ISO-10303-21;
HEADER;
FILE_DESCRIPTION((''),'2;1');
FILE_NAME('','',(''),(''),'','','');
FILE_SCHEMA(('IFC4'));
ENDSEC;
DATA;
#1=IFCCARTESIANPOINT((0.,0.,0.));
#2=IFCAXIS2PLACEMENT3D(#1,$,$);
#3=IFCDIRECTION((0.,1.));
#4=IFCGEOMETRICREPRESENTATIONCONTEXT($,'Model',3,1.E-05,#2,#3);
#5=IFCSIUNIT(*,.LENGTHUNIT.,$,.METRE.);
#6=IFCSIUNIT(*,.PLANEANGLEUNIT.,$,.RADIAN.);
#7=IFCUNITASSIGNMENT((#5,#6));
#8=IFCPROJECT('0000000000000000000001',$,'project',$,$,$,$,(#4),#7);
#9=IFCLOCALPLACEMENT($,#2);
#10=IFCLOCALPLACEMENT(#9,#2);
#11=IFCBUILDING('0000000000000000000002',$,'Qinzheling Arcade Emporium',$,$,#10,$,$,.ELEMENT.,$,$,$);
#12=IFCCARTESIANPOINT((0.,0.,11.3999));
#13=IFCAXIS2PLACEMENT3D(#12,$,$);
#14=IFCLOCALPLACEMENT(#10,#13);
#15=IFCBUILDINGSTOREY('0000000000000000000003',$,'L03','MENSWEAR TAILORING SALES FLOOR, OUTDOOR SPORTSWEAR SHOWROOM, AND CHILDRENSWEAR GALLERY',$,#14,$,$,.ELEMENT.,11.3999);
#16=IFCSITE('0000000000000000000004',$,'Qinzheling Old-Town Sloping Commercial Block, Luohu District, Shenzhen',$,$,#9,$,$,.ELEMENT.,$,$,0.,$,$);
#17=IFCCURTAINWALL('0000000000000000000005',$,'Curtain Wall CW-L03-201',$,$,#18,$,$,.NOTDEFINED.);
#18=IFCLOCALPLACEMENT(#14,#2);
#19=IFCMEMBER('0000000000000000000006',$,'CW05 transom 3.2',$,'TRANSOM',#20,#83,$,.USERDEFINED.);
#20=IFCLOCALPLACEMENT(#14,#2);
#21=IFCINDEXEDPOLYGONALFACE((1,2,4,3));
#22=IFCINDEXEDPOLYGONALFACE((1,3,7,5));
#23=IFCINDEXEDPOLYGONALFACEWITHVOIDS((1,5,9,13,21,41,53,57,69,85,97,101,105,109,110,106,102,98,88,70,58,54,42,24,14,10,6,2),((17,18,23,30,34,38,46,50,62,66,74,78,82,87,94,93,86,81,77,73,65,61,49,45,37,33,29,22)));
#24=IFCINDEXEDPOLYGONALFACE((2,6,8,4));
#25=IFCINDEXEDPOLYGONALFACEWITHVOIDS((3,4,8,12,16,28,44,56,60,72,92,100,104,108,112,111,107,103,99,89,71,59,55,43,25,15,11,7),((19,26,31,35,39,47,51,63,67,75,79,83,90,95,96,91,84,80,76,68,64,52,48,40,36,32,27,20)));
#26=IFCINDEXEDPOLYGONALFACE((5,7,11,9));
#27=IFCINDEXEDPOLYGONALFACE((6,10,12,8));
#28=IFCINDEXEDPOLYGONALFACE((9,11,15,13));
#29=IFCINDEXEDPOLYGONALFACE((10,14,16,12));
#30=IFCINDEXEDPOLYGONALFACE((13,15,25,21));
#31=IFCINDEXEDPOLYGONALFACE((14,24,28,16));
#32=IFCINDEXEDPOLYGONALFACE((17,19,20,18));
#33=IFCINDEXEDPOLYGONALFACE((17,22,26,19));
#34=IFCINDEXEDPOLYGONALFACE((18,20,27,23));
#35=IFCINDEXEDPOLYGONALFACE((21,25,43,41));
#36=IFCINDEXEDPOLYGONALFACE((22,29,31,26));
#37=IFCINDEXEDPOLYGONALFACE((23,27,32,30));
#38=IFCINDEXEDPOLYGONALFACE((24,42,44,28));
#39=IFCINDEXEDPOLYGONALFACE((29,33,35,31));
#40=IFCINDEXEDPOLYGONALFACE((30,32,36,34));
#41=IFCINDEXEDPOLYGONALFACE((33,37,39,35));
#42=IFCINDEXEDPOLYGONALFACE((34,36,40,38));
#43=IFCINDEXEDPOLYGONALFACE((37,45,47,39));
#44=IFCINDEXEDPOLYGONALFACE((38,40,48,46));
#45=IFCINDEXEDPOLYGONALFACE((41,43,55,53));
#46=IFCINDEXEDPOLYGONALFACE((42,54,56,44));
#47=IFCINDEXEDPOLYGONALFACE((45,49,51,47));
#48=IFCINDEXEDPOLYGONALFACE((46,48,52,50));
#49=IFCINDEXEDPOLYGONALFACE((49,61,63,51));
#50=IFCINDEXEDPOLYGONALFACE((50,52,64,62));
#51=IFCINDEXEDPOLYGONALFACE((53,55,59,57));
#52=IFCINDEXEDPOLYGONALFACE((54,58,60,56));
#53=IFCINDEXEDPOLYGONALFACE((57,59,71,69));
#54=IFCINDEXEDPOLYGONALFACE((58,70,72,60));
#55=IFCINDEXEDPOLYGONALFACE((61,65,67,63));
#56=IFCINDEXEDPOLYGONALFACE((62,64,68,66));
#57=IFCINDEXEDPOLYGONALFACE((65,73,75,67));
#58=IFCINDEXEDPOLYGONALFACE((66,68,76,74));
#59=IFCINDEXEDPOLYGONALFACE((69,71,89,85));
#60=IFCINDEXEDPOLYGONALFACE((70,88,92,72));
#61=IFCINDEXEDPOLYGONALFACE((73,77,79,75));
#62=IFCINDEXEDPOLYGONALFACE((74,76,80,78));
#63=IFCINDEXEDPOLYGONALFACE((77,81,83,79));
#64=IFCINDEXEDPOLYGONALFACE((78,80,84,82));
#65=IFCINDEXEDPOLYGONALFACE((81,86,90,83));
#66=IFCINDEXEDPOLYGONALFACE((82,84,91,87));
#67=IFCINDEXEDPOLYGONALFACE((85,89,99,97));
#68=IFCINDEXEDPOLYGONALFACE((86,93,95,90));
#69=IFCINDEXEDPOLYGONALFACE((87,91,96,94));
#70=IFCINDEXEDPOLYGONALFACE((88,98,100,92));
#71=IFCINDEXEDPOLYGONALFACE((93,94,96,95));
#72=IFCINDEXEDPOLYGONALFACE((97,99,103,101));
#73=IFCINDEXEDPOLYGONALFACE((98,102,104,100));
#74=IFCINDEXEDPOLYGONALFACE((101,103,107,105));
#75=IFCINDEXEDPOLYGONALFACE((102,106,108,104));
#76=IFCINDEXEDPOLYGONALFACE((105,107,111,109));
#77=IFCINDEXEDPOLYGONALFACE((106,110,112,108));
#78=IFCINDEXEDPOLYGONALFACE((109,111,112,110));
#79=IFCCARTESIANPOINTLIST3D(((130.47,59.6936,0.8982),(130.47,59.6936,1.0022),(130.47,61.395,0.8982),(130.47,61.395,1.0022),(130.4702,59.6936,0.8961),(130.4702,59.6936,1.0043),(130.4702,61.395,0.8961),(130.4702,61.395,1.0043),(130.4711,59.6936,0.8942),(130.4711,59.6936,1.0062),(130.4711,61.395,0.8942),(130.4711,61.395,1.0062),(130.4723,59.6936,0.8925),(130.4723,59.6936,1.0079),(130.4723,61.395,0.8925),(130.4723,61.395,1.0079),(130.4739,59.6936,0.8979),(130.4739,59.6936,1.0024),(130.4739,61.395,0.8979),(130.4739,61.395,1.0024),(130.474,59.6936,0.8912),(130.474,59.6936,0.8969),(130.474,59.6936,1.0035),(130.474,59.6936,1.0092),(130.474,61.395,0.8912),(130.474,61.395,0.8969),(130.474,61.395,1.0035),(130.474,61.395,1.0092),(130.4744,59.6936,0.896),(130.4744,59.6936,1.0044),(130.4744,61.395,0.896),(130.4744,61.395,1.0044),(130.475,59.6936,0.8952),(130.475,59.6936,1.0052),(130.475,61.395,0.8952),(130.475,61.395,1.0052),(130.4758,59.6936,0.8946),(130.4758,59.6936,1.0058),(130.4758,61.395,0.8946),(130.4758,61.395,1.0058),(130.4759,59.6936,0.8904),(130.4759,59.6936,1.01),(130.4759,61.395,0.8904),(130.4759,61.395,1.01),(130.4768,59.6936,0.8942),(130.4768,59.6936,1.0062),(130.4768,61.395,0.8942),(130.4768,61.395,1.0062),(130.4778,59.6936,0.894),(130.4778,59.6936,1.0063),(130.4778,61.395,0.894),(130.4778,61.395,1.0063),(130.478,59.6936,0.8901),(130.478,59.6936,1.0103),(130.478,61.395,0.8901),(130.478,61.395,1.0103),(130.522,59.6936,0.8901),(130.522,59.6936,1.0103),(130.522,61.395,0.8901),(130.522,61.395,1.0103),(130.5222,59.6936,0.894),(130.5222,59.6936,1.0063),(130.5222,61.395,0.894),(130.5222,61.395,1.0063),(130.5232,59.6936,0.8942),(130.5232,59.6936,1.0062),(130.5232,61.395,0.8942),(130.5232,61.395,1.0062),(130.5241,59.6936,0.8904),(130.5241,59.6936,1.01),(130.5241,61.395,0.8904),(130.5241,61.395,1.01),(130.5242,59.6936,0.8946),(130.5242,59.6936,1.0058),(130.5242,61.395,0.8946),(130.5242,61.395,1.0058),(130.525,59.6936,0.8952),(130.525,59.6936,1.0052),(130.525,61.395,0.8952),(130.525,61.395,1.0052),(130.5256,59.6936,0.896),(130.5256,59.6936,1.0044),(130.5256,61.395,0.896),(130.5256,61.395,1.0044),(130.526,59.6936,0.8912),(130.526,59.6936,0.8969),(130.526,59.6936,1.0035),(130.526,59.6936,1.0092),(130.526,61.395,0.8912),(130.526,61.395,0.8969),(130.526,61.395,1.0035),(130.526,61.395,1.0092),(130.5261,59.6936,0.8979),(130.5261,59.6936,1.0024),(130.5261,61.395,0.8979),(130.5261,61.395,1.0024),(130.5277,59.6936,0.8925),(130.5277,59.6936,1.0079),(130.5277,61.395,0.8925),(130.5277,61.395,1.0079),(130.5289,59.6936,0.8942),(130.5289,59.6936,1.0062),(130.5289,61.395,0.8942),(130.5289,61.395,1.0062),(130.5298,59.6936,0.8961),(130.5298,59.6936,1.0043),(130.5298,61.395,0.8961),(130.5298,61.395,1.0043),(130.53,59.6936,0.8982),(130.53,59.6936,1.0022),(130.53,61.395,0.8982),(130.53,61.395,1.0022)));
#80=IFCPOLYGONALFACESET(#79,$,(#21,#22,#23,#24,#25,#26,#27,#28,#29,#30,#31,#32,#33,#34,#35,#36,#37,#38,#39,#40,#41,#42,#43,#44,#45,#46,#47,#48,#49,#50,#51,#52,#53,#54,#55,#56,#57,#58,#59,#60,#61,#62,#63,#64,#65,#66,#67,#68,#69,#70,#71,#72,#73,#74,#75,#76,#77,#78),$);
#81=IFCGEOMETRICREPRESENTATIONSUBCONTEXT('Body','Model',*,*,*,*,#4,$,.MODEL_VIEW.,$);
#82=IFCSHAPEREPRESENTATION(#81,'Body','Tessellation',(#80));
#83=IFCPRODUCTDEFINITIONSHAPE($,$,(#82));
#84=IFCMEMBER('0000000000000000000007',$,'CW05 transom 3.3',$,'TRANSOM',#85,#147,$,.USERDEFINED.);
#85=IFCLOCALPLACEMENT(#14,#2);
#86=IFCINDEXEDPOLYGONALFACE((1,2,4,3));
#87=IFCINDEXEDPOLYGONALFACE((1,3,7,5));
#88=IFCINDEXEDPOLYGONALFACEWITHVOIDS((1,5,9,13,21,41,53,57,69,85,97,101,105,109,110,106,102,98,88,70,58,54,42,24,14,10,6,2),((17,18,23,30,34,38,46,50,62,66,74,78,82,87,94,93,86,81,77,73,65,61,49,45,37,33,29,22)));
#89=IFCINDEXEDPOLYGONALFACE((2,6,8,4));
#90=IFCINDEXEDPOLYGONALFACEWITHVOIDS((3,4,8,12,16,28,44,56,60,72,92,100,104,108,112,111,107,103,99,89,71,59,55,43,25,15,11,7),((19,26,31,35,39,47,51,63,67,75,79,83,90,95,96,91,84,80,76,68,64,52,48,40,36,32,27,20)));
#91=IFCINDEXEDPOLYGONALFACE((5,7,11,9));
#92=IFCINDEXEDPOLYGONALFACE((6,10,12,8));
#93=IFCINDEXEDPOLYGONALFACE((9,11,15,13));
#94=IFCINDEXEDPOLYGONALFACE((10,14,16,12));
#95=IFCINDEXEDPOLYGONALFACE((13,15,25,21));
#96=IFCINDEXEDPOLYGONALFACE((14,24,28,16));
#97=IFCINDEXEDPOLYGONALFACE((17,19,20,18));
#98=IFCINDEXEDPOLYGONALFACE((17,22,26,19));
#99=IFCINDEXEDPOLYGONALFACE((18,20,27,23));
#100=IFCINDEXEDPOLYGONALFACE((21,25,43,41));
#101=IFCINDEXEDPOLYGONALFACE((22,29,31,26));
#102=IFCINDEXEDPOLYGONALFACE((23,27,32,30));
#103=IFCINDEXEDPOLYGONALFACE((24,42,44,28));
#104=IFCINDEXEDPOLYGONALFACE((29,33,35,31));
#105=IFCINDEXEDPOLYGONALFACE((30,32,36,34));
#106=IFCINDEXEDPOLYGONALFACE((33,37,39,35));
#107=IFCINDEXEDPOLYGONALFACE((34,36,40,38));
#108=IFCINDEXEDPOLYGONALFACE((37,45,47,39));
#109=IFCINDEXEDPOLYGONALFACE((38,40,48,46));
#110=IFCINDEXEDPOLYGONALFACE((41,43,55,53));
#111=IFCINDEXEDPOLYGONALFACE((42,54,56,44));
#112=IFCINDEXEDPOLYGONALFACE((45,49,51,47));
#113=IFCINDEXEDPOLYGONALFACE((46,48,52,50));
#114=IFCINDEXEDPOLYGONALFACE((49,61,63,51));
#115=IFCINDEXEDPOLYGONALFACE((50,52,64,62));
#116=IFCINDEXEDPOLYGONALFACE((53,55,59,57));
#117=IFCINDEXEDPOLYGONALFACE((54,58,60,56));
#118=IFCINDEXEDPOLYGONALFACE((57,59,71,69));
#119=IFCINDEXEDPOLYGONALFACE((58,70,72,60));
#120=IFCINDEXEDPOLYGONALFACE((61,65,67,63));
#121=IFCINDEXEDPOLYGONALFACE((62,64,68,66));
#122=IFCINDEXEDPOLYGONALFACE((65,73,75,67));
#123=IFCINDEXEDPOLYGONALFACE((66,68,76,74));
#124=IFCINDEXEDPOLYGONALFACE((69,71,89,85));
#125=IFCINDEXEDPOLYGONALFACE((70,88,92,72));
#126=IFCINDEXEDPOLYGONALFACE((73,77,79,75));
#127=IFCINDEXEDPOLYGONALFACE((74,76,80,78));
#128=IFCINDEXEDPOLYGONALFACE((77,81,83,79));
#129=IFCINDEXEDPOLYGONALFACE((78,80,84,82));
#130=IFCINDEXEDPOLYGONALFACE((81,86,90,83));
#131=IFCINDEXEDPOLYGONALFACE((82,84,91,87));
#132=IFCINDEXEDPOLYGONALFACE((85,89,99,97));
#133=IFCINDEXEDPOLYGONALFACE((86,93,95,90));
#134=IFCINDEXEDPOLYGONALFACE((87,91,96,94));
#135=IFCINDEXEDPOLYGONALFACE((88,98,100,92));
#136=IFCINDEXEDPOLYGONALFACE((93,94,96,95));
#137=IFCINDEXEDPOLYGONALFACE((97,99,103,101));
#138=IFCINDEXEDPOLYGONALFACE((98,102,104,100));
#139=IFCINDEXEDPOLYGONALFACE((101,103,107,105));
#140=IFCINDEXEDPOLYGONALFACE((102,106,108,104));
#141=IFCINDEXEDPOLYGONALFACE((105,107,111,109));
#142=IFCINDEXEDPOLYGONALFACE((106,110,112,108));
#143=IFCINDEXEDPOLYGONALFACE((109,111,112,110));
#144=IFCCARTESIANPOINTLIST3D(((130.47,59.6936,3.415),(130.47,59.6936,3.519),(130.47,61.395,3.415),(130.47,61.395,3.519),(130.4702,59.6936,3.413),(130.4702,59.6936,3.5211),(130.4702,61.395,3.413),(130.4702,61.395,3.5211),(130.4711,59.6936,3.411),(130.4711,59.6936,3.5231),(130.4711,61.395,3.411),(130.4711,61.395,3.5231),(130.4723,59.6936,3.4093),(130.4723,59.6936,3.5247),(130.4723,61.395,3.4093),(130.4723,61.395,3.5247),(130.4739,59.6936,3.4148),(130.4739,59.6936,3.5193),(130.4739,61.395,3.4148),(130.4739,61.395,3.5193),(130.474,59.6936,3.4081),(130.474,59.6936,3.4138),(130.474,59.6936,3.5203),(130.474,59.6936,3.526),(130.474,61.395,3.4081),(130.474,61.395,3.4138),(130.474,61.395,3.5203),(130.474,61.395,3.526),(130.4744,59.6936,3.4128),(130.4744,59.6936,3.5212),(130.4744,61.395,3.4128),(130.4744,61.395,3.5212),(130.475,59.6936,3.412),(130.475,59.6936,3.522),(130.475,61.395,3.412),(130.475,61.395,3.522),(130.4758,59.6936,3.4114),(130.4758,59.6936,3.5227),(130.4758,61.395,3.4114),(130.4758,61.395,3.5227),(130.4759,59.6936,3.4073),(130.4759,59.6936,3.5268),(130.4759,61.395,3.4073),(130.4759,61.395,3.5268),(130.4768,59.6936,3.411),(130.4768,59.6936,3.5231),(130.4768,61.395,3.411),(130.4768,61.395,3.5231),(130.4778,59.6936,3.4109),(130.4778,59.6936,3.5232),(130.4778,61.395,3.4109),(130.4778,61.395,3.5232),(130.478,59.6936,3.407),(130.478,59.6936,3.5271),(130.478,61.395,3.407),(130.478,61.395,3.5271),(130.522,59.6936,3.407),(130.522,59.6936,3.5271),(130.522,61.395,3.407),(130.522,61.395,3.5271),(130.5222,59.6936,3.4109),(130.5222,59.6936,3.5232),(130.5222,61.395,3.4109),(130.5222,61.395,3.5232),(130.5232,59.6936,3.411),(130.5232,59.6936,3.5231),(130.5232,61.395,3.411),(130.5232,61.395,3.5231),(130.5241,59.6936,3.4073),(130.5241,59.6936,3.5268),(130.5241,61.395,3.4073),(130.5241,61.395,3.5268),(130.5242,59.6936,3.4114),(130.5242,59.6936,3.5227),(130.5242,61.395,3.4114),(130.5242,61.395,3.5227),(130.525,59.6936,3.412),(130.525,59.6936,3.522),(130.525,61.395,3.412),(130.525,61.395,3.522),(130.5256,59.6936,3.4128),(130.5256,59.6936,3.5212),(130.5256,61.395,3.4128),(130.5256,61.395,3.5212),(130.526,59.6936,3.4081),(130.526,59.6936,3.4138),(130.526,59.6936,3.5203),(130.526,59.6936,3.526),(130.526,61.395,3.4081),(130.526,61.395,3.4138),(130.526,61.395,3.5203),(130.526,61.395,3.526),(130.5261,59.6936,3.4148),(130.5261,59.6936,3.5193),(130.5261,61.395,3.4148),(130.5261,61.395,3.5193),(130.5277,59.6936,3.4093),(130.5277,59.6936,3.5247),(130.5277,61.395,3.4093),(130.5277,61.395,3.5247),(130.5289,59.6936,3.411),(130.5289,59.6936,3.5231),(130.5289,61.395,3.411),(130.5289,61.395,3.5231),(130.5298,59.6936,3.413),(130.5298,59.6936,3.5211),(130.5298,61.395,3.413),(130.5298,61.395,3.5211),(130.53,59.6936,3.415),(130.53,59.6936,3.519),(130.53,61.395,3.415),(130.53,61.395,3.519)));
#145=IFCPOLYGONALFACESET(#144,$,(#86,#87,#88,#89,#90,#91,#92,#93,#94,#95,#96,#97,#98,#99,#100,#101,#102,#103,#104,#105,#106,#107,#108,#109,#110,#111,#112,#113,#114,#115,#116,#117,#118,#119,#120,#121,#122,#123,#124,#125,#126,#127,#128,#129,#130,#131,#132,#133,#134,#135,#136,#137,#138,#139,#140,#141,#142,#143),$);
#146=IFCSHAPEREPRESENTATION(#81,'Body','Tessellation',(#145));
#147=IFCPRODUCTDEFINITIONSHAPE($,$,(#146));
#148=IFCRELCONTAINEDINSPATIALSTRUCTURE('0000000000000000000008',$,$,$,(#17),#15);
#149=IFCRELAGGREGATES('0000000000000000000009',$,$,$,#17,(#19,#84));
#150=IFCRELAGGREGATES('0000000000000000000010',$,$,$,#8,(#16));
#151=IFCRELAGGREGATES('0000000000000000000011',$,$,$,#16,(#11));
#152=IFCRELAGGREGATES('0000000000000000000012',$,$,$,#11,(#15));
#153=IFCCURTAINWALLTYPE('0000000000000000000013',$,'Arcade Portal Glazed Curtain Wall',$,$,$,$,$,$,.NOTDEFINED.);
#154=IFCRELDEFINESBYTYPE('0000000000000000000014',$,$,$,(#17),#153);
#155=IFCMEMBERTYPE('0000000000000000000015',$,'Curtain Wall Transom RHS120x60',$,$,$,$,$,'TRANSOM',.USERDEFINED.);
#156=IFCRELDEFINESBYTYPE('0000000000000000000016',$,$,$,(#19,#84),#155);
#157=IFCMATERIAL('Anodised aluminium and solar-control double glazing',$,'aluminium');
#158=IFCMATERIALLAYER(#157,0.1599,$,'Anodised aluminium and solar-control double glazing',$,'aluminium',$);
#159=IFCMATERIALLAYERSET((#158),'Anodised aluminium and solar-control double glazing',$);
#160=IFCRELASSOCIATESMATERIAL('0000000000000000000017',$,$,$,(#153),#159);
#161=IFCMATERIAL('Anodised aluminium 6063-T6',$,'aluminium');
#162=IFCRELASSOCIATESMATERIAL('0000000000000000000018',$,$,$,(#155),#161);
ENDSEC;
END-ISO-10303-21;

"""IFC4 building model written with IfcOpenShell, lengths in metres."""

from ifc_helpers import new_model, si_unit, direction, frame, origin, origin_2d, place, context, subcontext, project, spatial, hollow_rectangle, extrude, material, layer, layer_set, material_profile, profile_set, type_object, element, aggregate, save


model = new_model("IFC4")

# Units and contexts
model_context = context("Model", 3, precision=1e-05, world=origin(), true_north=direction((0.0, 1.0)))
body_context = subcontext(model_context, "Body", "Model", "MODEL_VIEW")
ifc_project = project(units=[si_unit("LENGTHUNIT", "METRE"), si_unit("PLANEANGLEUNIT", "RADIAN")], contexts=[model_context])

# Site, building, storey
site_placement = place(None, origin())
site = spatial("IfcSite", under=ifc_project, at=site_placement, Name="Qinzheling Old-Town Sloping Commercial Block, Luohu District, Shenzhen", CompositionType="ELEMENT", RefElevation=0.0)
building_placement = place(site_placement, origin())
building = spatial("IfcBuilding", under=site, at=building_placement, Name="Qinzheling Arcade Emporium", CompositionType="ELEMENT")
storey_placement = place(building_placement, frame((0.0, 0.0, 11.3999)))
storey = spatial("IfcBuildingStorey", under=building, at=storey_placement, Name="L03", Description="MENSWEAR TAILORING SALES FLOOR, OUTDOOR SPORTSWEAR SHOWROOM, AND CHILDRENSWEAR GALLERY", CompositionType="ELEMENT", Elevation=11.3999)

# Shared definitions
ifc_material_1 = material(Name="Anodised aluminium and solar-control double glazing", Category="aluminium")
ifc_layer_1 = layer(ifc_material_1, 0.1599, Name="Anodised aluminium and solar-control double glazing", Category="aluminium")
ifc_layer_set_1 = layer_set([ifc_layer_1], Name="Anodised aluminium and solar-control double glazing")
curtain_wall_type = type_object("IfcCurtainWallType", Name="Arcade Portal Glazed Curtain Wall", PredefinedType="NOTDEFINED", material=ifc_layer_set_1)
ifc_material_2 = material(Name="Anodised aluminium 6063-T6", Category="aluminium")

# Curtain wall
curtain_wall_1_placement = place(storey_placement, origin())
curtain_wall_1 = element("IfcCurtainWall", 1, at=curtain_wall_1_placement, inside=storey, type_object=curtain_wall_type, Name="Curtain Wall CW-L03-201", PredefinedType="NOTDEFINED")

# Members
ifc_material_profile_1 = material_profile(ifc_material_2, hollow_rectangle(XDim=0.0601, YDim=0.1201, WallThickness=0.0039, InnerFilletRadius=0.0039, OuterFilletRadius=0.0081, at=origin_2d()), Name="RHS 120x60x4", Category="aluminium")
ifc_profile_set_1 = profile_set([ifc_material_profile_1], Name="Anodised aluminium 6063-T6")
member_type_1 = type_object("IfcMemberType", Name="Curtain Wall Transom RHS120x60", ElementType="TRANSOM", PredefinedType="USERDEFINED", material=ifc_profile_set_1)
member_1_placement = place(storey_placement, frame((130.5, 61.395, 0.9502), z_axis=(0.0, -1.0, 0.0), x_axis=(1.0, 0.0, 0.0)))
member_1 = element("IfcMember", 2, at=member_1_placement, type_object=member_type_1, Name="CW05 transom 3.2", ObjectType="TRANSOM", PredefinedType="USERDEFINED", context=body_context, shape_type="SweptSolid", body=[
    extrude(hollow_rectangle(XDim=0.0601, YDim=0.1201, WallThickness=0.0039, InnerFilletRadius=0.0039, OuterFilletRadius=0.0081, at=origin_2d()), origin(), (0.0, 0.0, 1.0), 1.7014),
])
member_2_placement = place(storey_placement, frame((130.5, 61.395, 3.467), z_axis=(0.0, -1.0, 0.0), x_axis=(1.0, 0.0, 0.0)))
member_2 = element("IfcMember", 3, at=member_2_placement, type_object=member_type_1, Name="CW05 transom 3.3", ObjectType="TRANSOM", PredefinedType="USERDEFINED", context=body_context, shape_type="SweptSolid", body=[
    extrude(hollow_rectangle(XDim=0.0601, YDim=0.1201, WallThickness=0.0039, InnerFilletRadius=0.0039, OuterFilletRadius=0.0081, at=origin_2d()), origin(), (0.0, 0.0, 1.0), 1.7014),
])

aggregate(curtain_wall_1, [member_1, member_2])

save(model, "model.ifc")
